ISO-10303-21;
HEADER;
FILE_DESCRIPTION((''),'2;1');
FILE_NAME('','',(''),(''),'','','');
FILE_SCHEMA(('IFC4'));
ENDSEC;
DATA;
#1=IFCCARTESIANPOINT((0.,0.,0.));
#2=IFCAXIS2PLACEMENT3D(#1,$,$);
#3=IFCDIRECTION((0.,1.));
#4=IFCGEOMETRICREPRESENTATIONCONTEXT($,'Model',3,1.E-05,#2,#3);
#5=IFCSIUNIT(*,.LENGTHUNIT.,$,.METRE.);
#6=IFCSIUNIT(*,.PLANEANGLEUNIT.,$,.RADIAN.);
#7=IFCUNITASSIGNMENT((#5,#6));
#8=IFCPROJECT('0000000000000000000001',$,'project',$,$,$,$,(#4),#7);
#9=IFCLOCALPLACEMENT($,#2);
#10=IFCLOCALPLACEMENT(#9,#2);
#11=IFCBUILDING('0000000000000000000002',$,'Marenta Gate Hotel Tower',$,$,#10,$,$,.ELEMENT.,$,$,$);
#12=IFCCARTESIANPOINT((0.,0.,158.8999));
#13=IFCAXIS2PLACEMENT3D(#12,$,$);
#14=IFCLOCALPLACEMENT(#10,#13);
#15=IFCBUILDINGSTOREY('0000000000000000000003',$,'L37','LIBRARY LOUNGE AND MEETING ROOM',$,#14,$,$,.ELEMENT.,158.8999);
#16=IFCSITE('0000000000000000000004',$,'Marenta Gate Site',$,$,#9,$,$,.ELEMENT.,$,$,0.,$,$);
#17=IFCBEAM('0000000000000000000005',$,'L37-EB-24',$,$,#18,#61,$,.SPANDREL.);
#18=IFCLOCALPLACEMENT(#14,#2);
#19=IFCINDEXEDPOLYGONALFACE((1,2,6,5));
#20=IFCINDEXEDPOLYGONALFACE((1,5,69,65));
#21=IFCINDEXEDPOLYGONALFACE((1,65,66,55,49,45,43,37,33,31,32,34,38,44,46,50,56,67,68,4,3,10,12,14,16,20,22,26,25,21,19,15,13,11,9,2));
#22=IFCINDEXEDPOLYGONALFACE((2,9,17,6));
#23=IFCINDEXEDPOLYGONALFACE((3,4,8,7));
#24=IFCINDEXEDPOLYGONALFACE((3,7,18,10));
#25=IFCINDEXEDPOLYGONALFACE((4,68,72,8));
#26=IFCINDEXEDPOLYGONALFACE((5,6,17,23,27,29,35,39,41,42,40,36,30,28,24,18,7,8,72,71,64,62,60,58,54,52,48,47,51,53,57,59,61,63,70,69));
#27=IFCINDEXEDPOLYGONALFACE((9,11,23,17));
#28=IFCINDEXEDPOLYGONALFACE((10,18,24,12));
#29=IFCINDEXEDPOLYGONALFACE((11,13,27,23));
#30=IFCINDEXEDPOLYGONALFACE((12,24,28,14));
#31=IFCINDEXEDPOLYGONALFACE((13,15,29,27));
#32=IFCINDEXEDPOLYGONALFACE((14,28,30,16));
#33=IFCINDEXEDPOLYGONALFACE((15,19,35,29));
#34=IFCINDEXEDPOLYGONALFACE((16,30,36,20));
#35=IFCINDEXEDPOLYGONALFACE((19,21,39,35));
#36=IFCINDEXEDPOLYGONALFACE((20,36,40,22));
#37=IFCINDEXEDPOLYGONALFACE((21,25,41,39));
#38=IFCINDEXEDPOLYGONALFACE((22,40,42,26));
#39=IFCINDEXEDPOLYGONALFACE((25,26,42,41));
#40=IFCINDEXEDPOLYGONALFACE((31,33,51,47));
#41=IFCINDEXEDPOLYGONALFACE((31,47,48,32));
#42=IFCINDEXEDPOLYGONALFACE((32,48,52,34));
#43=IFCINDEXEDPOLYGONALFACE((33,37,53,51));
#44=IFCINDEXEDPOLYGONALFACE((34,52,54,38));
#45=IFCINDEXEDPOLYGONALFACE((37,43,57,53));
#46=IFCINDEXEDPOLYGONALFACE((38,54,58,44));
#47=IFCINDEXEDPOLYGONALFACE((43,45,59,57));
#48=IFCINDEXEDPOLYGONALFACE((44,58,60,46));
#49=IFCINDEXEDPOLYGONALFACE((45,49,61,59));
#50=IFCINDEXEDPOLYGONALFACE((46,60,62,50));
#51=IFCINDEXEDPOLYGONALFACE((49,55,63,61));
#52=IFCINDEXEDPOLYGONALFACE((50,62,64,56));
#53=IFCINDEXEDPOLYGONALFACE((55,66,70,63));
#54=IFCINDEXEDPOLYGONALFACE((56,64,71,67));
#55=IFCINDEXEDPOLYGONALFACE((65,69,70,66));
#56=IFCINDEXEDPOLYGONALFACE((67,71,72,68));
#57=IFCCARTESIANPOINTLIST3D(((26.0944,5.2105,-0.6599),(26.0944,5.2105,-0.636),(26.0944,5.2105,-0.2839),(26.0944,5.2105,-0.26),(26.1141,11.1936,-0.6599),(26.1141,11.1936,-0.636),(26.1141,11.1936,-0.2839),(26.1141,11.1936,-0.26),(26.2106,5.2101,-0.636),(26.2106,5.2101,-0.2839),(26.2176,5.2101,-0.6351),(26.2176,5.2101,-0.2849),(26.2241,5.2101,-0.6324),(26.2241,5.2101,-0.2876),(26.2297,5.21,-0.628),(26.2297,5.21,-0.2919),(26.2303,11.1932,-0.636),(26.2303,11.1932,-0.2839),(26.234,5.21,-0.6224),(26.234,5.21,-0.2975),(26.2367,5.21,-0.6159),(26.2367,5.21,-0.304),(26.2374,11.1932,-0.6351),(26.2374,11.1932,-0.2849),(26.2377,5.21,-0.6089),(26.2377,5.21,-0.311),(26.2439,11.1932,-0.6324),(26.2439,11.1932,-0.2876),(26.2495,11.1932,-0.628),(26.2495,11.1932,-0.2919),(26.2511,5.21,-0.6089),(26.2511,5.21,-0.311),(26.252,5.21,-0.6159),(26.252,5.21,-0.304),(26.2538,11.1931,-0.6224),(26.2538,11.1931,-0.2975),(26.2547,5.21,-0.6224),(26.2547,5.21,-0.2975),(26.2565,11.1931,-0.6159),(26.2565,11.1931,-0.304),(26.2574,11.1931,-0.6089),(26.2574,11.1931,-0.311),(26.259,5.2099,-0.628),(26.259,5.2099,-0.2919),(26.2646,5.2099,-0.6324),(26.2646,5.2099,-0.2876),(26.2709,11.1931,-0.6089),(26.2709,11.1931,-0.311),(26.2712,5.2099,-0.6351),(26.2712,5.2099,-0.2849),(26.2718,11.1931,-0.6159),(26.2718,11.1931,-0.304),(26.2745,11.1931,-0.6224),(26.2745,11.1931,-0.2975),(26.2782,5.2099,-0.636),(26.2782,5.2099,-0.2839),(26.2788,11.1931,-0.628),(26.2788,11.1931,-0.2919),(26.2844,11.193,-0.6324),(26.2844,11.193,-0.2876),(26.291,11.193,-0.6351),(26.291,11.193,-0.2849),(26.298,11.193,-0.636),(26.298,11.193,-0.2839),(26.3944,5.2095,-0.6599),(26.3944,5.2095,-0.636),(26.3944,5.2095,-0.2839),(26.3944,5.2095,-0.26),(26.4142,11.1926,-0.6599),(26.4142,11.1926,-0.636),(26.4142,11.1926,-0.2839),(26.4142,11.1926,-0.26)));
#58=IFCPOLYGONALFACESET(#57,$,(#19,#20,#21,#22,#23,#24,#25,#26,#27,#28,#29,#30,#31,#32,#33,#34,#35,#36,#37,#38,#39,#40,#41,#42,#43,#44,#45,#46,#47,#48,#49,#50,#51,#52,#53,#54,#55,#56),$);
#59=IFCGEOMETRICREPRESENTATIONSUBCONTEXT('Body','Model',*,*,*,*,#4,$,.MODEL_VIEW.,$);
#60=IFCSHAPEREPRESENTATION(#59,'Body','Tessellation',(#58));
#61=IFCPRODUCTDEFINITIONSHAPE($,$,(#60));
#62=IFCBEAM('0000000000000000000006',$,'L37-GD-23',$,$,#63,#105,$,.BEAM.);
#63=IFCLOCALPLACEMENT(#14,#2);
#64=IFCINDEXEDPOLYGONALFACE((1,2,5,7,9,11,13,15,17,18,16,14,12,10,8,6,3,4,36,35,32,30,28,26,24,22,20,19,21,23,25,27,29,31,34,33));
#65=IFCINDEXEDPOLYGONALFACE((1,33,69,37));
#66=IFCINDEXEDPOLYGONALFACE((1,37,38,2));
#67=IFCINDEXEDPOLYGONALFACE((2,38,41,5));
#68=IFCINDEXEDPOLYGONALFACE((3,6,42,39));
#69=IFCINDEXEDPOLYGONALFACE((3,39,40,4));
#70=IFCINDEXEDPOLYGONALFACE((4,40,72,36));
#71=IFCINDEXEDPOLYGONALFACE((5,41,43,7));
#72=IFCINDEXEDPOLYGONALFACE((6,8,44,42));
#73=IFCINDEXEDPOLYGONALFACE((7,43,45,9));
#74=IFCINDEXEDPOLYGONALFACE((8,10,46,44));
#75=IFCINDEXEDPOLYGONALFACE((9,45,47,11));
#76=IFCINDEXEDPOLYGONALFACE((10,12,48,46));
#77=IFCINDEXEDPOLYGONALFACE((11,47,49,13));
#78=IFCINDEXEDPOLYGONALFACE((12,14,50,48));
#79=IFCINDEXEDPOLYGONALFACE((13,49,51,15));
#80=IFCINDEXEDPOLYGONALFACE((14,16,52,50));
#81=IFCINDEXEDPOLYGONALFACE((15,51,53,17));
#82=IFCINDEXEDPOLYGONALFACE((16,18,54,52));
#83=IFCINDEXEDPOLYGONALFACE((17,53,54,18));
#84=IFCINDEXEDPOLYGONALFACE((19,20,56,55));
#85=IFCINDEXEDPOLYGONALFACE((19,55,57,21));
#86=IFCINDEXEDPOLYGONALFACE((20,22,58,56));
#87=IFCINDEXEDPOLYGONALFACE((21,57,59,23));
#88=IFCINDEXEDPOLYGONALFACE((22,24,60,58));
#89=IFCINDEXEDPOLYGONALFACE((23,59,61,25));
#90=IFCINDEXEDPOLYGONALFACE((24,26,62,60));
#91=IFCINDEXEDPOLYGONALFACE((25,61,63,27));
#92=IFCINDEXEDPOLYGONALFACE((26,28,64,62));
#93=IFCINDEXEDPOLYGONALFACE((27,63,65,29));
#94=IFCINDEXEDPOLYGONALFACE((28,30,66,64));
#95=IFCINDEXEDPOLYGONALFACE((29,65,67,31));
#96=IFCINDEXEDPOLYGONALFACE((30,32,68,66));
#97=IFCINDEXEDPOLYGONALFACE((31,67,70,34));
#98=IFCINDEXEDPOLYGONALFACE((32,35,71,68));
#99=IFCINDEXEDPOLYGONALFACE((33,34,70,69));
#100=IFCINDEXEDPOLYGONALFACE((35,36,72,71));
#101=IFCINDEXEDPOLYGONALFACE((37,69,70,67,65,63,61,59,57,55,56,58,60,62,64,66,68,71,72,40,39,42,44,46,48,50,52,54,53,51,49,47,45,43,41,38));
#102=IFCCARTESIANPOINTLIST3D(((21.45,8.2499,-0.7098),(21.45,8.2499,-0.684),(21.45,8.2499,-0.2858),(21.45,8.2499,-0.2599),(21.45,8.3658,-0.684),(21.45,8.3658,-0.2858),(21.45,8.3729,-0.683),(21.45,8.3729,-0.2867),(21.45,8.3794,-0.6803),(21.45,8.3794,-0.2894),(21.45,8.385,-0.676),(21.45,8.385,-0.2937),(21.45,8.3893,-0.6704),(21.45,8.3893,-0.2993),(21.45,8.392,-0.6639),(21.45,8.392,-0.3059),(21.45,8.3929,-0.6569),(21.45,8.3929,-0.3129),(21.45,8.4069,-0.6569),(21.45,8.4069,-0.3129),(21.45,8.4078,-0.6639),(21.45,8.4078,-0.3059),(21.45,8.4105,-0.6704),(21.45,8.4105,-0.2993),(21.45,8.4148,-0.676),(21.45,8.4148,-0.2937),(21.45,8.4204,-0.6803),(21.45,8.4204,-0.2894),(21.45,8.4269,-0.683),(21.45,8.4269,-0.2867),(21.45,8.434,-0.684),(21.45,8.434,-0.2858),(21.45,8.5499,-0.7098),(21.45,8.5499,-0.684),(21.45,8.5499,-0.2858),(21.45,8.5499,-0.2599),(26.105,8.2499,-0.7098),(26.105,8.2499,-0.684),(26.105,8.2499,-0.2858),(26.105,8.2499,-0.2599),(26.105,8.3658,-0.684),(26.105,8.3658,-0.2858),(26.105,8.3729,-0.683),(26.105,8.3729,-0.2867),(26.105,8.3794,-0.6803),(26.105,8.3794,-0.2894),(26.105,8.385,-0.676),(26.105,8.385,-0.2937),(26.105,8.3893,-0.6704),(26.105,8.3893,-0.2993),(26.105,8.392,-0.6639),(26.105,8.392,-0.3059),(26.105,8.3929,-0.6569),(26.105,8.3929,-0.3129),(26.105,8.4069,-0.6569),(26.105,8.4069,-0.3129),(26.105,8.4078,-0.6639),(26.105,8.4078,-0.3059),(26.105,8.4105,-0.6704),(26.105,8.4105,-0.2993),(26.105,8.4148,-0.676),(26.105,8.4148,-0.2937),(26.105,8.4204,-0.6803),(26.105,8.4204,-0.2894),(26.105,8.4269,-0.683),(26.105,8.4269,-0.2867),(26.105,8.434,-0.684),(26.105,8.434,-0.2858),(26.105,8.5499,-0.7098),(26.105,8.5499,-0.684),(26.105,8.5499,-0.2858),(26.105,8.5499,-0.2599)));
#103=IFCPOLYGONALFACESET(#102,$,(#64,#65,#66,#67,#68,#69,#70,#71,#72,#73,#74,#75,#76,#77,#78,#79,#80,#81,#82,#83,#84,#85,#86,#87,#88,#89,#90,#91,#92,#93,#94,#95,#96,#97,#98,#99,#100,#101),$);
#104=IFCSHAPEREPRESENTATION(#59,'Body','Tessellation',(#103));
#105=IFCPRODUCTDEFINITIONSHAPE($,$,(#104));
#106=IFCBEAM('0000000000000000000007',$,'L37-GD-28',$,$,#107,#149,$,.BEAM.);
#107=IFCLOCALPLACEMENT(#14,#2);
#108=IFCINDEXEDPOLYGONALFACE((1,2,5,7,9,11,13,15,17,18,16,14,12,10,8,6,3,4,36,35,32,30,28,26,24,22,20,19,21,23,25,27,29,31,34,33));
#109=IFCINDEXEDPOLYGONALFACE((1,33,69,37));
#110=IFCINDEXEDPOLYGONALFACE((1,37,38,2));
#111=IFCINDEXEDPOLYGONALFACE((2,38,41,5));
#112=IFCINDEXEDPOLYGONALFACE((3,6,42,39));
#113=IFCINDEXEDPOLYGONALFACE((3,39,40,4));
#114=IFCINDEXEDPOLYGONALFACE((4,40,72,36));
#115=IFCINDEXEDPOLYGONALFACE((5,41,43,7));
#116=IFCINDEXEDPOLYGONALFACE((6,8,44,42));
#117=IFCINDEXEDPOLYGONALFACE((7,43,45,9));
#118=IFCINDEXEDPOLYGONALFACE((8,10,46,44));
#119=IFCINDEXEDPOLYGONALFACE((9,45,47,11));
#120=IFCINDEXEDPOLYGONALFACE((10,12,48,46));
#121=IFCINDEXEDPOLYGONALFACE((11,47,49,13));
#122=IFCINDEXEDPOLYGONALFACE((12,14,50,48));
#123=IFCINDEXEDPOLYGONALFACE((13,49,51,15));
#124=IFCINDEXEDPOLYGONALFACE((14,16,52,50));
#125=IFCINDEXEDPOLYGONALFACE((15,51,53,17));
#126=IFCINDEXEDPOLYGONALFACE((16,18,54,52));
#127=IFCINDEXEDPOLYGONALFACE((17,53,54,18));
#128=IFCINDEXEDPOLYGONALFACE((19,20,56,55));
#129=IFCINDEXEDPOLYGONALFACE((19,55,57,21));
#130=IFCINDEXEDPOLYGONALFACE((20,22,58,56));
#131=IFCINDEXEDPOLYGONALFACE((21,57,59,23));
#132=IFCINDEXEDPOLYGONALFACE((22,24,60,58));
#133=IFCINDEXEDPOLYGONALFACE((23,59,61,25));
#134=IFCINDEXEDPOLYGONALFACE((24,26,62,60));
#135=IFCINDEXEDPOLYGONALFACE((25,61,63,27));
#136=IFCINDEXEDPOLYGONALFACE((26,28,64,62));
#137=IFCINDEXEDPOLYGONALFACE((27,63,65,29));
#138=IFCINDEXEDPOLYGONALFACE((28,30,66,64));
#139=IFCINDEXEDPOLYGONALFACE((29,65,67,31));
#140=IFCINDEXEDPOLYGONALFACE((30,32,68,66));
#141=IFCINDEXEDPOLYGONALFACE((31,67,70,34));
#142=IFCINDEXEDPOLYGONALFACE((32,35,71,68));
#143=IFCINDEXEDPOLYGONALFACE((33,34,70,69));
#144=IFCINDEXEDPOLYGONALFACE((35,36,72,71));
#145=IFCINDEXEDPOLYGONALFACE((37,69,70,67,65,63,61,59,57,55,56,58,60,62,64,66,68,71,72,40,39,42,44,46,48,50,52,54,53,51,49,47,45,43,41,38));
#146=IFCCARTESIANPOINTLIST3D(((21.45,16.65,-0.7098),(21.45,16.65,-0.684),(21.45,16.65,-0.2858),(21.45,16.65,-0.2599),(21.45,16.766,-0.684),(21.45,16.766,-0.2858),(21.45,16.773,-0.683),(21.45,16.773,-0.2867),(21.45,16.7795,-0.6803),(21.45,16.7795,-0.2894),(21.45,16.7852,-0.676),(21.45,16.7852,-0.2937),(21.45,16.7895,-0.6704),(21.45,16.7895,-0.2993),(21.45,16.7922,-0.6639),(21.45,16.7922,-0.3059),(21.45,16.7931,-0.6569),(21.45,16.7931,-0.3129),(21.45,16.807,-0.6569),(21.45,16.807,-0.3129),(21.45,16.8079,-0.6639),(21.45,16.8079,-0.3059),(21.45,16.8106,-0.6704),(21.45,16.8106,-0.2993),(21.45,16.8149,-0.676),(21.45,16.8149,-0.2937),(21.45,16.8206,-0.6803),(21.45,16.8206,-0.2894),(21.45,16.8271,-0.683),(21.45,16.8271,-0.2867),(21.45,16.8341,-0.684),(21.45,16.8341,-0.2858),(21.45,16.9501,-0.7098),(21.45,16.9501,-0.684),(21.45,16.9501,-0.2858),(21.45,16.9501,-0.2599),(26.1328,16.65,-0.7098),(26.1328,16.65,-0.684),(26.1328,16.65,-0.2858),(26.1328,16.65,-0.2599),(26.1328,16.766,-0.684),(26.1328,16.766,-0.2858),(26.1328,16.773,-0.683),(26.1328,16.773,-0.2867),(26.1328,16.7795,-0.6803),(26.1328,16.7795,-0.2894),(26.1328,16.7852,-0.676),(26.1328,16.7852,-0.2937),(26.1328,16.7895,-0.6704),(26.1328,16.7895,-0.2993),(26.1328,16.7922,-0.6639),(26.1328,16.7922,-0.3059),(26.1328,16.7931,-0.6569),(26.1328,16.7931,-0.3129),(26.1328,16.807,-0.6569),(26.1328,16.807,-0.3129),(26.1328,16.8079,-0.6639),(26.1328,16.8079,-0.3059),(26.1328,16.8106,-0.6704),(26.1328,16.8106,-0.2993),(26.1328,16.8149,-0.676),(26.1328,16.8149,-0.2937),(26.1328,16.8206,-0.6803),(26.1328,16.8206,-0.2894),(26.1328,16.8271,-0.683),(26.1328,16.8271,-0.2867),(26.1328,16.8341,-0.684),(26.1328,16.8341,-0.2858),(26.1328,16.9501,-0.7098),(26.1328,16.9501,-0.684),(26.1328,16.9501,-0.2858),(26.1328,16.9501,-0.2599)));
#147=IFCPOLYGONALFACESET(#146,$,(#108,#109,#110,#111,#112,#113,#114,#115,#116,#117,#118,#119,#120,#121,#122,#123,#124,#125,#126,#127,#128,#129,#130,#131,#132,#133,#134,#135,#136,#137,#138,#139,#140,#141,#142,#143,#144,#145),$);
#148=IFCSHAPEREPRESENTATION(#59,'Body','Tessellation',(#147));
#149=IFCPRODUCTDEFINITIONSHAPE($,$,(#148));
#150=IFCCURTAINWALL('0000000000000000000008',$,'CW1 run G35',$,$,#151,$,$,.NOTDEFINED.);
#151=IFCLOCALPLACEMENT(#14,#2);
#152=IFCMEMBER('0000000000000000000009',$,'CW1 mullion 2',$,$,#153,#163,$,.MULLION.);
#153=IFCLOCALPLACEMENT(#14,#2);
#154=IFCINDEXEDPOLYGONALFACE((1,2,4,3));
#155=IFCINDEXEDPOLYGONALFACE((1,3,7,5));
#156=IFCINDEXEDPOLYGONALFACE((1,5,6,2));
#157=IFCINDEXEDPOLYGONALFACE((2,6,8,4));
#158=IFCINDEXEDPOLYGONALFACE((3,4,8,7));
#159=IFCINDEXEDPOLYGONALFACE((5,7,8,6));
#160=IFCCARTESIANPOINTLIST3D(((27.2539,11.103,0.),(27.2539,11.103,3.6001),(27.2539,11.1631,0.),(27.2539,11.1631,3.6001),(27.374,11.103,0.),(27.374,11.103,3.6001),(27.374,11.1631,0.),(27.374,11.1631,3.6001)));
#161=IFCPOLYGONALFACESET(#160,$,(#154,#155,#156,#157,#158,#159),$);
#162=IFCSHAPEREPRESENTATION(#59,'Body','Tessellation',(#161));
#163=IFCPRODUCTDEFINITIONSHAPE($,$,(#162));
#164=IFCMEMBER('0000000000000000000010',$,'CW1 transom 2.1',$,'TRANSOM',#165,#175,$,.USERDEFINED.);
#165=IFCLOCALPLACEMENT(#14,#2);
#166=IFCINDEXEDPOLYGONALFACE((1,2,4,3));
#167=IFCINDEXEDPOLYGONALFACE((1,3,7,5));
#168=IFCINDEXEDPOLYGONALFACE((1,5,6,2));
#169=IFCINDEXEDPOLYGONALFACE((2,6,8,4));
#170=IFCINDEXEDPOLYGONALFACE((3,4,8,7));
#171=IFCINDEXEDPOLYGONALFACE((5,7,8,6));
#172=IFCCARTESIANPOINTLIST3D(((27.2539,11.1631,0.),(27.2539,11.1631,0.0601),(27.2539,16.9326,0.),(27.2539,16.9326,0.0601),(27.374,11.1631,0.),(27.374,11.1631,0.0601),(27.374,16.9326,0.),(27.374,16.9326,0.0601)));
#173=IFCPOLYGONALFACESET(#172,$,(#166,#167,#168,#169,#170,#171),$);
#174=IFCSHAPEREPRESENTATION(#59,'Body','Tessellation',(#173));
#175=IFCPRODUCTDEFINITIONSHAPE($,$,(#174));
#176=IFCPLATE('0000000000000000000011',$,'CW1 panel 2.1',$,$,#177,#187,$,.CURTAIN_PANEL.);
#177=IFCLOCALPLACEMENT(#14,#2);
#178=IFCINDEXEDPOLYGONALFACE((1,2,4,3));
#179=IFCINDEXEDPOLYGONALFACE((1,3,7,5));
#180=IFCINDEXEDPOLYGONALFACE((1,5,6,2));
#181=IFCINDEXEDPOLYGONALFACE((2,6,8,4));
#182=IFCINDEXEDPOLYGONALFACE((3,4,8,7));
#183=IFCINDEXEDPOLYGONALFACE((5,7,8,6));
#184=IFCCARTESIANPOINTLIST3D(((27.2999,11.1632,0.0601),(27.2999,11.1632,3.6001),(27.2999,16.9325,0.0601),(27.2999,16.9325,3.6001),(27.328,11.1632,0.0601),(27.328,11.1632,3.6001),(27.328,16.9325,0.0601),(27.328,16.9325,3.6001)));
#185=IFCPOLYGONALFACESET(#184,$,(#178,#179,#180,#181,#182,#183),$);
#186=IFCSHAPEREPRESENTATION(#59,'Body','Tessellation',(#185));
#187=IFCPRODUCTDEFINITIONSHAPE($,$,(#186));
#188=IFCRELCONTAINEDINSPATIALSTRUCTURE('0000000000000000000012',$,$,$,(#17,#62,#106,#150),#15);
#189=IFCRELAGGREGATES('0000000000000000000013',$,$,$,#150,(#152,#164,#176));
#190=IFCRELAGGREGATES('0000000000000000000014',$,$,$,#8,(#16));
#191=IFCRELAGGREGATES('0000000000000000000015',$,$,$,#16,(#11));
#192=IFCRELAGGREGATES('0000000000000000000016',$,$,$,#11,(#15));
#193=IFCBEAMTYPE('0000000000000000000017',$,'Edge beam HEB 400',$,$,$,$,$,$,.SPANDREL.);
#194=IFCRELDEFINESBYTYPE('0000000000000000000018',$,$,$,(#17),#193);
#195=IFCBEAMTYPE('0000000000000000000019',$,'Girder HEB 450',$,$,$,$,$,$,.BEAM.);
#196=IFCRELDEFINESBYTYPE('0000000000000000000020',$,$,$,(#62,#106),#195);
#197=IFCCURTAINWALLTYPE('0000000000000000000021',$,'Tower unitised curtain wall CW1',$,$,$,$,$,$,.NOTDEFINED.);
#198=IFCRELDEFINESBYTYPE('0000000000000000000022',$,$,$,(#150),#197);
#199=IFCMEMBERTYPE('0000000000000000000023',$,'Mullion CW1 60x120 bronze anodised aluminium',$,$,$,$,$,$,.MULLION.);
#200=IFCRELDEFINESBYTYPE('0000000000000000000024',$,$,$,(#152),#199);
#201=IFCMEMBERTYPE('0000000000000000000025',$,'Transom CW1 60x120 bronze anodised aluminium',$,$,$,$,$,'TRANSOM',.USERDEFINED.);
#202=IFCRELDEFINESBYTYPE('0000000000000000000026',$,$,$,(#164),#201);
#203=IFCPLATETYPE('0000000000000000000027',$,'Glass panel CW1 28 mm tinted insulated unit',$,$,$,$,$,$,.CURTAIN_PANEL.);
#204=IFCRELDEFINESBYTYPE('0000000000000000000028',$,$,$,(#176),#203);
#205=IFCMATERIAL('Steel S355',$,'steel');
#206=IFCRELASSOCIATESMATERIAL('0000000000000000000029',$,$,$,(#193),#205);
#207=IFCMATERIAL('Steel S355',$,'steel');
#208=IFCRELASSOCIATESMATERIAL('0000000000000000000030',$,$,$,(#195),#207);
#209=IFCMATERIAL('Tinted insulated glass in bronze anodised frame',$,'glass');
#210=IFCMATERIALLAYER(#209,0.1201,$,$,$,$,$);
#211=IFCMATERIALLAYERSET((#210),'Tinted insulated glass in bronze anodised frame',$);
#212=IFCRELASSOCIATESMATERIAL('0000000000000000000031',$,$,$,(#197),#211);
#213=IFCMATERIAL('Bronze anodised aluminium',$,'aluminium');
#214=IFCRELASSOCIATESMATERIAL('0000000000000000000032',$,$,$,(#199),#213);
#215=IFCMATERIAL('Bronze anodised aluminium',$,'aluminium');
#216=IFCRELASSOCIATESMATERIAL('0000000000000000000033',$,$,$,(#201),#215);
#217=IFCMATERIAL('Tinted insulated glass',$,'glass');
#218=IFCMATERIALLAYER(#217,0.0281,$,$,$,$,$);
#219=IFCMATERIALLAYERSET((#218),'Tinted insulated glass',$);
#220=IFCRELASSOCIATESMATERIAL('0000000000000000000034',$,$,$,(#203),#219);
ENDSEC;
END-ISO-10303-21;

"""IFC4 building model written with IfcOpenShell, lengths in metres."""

from ifc_helpers import new_model, si_unit, direction, frame, origin, origin_2d, place, context, subcontext, project, spatial, rectangle, i_section, extrude, material, layer, layer_set, material_profile, profile_set, type_object, element, aggregate, save


model = new_model("IFC4")

# Units and contexts
model_context = context("Model", 3, precision=1e-05, world=origin(), true_north=direction((0.0, 1.0)))
body_context = subcontext(model_context, "Body", "Model", "MODEL_VIEW")
ifc_project = project(units=[si_unit("LENGTHUNIT", "METRE"), si_unit("PLANEANGLEUNIT", "RADIAN")], contexts=[model_context])

# Site, building, storey
site_placement = place(None, origin())
site = spatial("IfcSite", under=ifc_project, at=site_placement, Name="Marenta Gate Site", CompositionType="ELEMENT", RefElevation=0.0)
building_placement = place(site_placement, origin())
building = spatial("IfcBuilding", under=site, at=building_placement, Name="Marenta Gate Hotel Tower", CompositionType="ELEMENT")
storey_placement = place(building_placement, frame((0.0, 0.0, 158.8999)))
storey = spatial("IfcBuildingStorey", under=building, at=storey_placement, Name="L37", Description="LIBRARY LOUNGE AND MEETING ROOM", CompositionType="ELEMENT", Elevation=158.8999)

# Beams
ifc_material_1 = material(Name="Steel S355", Category="steel")
ifc_material_profile_1 = material_profile(ifc_material_1, i_section(OverallWidth=0.3, OverallDepth=0.3999, WebThickness=0.0134, FlangeThickness=0.0239, FilletRadius=0.0271, at=origin_2d()), Name="HEB 400")
ifc_profile_set_1 = profile_set([ifc_material_profile_1], Name="Steel S355")
beam_type_1 = type_object("IfcBeamType", Name="Edge beam HEB 400", PredefinedType="SPANDREL", material=ifc_profile_set_1)
beam_1_placement = place(storey_placement, frame((26.2642, 11.1931, -0.46), z_axis=(-0.003305, -0.999995, 0.0), x_axis=(0.999995, -0.003305, 0.0)))
element("IfcBeam", 1, at=beam_1_placement, inside=storey, type_object=beam_type_1, Name="L37-EB-24", PredefinedType="SPANDREL", context=body_context, shape_type="SweptSolid", body=[
    extrude(i_section(OverallWidth=0.3, OverallDepth=0.3999, WebThickness=0.0134, FlangeThickness=0.0239, FilletRadius=0.0271, at=origin_2d()), origin(), (0.0, 0.0, 1.0), 5.9832),
])
ifc_material_2 = material(Name="Steel S355", Category="steel")
ifc_material_profile_2 = material_profile(ifc_material_2, i_section(OverallWidth=0.3, OverallDepth=0.45, WebThickness=0.0139, FlangeThickness=0.0259, FilletRadius=0.0271, at=origin_2d()), Name="HEB 450")
ifc_profile_set_2 = profile_set([ifc_material_profile_2], Name="Steel S355")
beam_type_2 = type_object("IfcBeamType", Name="Girder HEB 450", PredefinedType="BEAM", material=ifc_profile_set_2)
beam_2_placement = place(storey_placement, frame((21.45, 8.3999, -0.4849), z_axis=(1.0, 0.0, 0.0), x_axis=(0.0, 1.0, 0.0)))
element("IfcBeam", 2, at=beam_2_placement, inside=storey, type_object=beam_type_2, Name="L37-GD-23", PredefinedType="BEAM", context=body_context, shape_type="SweptSolid", body=[
    extrude(i_section(OverallWidth=0.3, OverallDepth=0.45, WebThickness=0.0139, FlangeThickness=0.0259, FilletRadius=0.0271, at=origin_2d()), origin(), (0.0, 0.0, 1.0), 4.655),
])
beam_3_placement = place(storey_placement, frame((21.45, 16.8, -0.4849), z_axis=(1.0, 0.0, 0.0), x_axis=(0.0, 1.0, 0.0)))
element("IfcBeam", 3, at=beam_3_placement, inside=storey, type_object=beam_type_2, Name="L37-GD-28", PredefinedType="BEAM", context=body_context, shape_type="SweptSolid", body=[
    extrude(i_section(OverallWidth=0.3, OverallDepth=0.45, WebThickness=0.0139, FlangeThickness=0.0259, FilletRadius=0.0271, at=origin_2d()), origin(), (0.0, 0.0, 1.0), 4.6829),
])

# Curtain wall, members, plate
ifc_material_3 = material(Name="Tinted insulated glass in bronze anodised frame", Category="glass")
ifc_layer_1 = layer(ifc_material_3, 0.1201)
ifc_layer_set_1 = layer_set([ifc_layer_1], Name="Tinted insulated glass in bronze anodised frame")
curtain_wall_type = type_object("IfcCurtainWallType", Name="Tower unitised curtain wall CW1", PredefinedType="NOTDEFINED", material=ifc_layer_set_1)
curtain_wall_placement = place(storey_placement, origin())
curtain_wall = element("IfcCurtainWall", 4, at=curtain_wall_placement, inside=storey, type_object=curtain_wall_type, Name="CW1 run G35", PredefinedType="NOTDEFINED")
ifc_material_4 = material(Name="Bronze anodised aluminium", Category="aluminium")
ifc_material_profile_3 = material_profile(ifc_material_4, rectangle(XDim=0.1201, YDim=0.0601, at=origin_2d()), Name="Mullion CW1 60x120 bronze anodised aluminium")
ifc_profile_set_3 = profile_set([ifc_material_profile_3], Name="Bronze anodised aluminium")
member_type_1 = type_object("IfcMemberType", Name="Mullion CW1 60x120 bronze anodised aluminium", PredefinedType="MULLION", material=ifc_profile_set_3)
member_1_placement = place(storey_placement, frame((27.314, 11.1331, 0.0), z_axis=(0.0, 0.0, 1.0), x_axis=(-1.0, 0.0, 0.0)))
member_1 = element("IfcMember", 5, at=member_1_placement, type_object=member_type_1, Name="CW1 mullion 2", PredefinedType="MULLION", context=body_context, shape_type="SweptSolid", body=[
    extrude(rectangle(XDim=0.1201, YDim=0.0601, at=origin_2d()), origin(), (0.0, 0.0, 1.0), 3.6001),
])
ifc_material_5 = material(Name="Bronze anodised aluminium", Category="aluminium")
ifc_material_profile_4 = material_profile(ifc_material_5, rectangle(XDim=0.1201, YDim=0.0601, at=origin_2d()), Name="Transom CW1 60x120 bronze anodised aluminium")
ifc_profile_set_4 = profile_set([ifc_material_profile_4], Name="Bronze anodised aluminium")
member_type_2 = type_object("IfcMemberType", Name="Transom CW1 60x120 bronze anodised aluminium", ElementType="TRANSOM", PredefinedType="USERDEFINED", material=ifc_profile_set_4)
member_2_placement = place(storey_placement, frame((27.314, 11.1631, 0.03), z_axis=(0.0, 1.0, 0.0), x_axis=(-1.0, 0.0, 0.0)))
member_2 = element("IfcMember", 6, at=member_2_placement, type_object=member_type_2, Name="CW1 transom 2.1", ObjectType="TRANSOM", PredefinedType="USERDEFINED", context=body_context, shape_type="SweptSolid", body=[
    extrude(rectangle(XDim=0.1201, YDim=0.0601, at=origin_2d()), origin(), (0.0, 0.0, 1.0), 5.7695),
])
ifc_material_6 = material(Name="Tinted insulated glass", Category="glass")
ifc_layer_2 = layer(ifc_material_6, 0.0281)
ifc_layer_set_2 = layer_set([ifc_layer_2], Name="Tinted insulated glass")
plate_type = type_object("IfcPlateType", Name="Glass panel CW1 28 mm tinted insulated unit", PredefinedType="CURTAIN_PANEL", material=ifc_layer_set_2)
plate_placement = place(storey_placement, frame((27.314, 14.0479, 0.0601), z_axis=(0.0, 0.0, 1.0), x_axis=(0.0, 1.0, 0.0)))
plate = element("IfcPlate", 7, at=plate_placement, type_object=plate_type, Name="CW1 panel 2.1", PredefinedType="CURTAIN_PANEL", context=body_context, shape_type="SweptSolid", body=[
    extrude(rectangle(XDim=5.7693, YDim=0.0281, at=origin_2d()), origin(), (0.0, 0.0, 1.0), 3.54),
])
aggregate(curtain_wall, [member_1, member_2, plate])

save(model, "model.ifc")
